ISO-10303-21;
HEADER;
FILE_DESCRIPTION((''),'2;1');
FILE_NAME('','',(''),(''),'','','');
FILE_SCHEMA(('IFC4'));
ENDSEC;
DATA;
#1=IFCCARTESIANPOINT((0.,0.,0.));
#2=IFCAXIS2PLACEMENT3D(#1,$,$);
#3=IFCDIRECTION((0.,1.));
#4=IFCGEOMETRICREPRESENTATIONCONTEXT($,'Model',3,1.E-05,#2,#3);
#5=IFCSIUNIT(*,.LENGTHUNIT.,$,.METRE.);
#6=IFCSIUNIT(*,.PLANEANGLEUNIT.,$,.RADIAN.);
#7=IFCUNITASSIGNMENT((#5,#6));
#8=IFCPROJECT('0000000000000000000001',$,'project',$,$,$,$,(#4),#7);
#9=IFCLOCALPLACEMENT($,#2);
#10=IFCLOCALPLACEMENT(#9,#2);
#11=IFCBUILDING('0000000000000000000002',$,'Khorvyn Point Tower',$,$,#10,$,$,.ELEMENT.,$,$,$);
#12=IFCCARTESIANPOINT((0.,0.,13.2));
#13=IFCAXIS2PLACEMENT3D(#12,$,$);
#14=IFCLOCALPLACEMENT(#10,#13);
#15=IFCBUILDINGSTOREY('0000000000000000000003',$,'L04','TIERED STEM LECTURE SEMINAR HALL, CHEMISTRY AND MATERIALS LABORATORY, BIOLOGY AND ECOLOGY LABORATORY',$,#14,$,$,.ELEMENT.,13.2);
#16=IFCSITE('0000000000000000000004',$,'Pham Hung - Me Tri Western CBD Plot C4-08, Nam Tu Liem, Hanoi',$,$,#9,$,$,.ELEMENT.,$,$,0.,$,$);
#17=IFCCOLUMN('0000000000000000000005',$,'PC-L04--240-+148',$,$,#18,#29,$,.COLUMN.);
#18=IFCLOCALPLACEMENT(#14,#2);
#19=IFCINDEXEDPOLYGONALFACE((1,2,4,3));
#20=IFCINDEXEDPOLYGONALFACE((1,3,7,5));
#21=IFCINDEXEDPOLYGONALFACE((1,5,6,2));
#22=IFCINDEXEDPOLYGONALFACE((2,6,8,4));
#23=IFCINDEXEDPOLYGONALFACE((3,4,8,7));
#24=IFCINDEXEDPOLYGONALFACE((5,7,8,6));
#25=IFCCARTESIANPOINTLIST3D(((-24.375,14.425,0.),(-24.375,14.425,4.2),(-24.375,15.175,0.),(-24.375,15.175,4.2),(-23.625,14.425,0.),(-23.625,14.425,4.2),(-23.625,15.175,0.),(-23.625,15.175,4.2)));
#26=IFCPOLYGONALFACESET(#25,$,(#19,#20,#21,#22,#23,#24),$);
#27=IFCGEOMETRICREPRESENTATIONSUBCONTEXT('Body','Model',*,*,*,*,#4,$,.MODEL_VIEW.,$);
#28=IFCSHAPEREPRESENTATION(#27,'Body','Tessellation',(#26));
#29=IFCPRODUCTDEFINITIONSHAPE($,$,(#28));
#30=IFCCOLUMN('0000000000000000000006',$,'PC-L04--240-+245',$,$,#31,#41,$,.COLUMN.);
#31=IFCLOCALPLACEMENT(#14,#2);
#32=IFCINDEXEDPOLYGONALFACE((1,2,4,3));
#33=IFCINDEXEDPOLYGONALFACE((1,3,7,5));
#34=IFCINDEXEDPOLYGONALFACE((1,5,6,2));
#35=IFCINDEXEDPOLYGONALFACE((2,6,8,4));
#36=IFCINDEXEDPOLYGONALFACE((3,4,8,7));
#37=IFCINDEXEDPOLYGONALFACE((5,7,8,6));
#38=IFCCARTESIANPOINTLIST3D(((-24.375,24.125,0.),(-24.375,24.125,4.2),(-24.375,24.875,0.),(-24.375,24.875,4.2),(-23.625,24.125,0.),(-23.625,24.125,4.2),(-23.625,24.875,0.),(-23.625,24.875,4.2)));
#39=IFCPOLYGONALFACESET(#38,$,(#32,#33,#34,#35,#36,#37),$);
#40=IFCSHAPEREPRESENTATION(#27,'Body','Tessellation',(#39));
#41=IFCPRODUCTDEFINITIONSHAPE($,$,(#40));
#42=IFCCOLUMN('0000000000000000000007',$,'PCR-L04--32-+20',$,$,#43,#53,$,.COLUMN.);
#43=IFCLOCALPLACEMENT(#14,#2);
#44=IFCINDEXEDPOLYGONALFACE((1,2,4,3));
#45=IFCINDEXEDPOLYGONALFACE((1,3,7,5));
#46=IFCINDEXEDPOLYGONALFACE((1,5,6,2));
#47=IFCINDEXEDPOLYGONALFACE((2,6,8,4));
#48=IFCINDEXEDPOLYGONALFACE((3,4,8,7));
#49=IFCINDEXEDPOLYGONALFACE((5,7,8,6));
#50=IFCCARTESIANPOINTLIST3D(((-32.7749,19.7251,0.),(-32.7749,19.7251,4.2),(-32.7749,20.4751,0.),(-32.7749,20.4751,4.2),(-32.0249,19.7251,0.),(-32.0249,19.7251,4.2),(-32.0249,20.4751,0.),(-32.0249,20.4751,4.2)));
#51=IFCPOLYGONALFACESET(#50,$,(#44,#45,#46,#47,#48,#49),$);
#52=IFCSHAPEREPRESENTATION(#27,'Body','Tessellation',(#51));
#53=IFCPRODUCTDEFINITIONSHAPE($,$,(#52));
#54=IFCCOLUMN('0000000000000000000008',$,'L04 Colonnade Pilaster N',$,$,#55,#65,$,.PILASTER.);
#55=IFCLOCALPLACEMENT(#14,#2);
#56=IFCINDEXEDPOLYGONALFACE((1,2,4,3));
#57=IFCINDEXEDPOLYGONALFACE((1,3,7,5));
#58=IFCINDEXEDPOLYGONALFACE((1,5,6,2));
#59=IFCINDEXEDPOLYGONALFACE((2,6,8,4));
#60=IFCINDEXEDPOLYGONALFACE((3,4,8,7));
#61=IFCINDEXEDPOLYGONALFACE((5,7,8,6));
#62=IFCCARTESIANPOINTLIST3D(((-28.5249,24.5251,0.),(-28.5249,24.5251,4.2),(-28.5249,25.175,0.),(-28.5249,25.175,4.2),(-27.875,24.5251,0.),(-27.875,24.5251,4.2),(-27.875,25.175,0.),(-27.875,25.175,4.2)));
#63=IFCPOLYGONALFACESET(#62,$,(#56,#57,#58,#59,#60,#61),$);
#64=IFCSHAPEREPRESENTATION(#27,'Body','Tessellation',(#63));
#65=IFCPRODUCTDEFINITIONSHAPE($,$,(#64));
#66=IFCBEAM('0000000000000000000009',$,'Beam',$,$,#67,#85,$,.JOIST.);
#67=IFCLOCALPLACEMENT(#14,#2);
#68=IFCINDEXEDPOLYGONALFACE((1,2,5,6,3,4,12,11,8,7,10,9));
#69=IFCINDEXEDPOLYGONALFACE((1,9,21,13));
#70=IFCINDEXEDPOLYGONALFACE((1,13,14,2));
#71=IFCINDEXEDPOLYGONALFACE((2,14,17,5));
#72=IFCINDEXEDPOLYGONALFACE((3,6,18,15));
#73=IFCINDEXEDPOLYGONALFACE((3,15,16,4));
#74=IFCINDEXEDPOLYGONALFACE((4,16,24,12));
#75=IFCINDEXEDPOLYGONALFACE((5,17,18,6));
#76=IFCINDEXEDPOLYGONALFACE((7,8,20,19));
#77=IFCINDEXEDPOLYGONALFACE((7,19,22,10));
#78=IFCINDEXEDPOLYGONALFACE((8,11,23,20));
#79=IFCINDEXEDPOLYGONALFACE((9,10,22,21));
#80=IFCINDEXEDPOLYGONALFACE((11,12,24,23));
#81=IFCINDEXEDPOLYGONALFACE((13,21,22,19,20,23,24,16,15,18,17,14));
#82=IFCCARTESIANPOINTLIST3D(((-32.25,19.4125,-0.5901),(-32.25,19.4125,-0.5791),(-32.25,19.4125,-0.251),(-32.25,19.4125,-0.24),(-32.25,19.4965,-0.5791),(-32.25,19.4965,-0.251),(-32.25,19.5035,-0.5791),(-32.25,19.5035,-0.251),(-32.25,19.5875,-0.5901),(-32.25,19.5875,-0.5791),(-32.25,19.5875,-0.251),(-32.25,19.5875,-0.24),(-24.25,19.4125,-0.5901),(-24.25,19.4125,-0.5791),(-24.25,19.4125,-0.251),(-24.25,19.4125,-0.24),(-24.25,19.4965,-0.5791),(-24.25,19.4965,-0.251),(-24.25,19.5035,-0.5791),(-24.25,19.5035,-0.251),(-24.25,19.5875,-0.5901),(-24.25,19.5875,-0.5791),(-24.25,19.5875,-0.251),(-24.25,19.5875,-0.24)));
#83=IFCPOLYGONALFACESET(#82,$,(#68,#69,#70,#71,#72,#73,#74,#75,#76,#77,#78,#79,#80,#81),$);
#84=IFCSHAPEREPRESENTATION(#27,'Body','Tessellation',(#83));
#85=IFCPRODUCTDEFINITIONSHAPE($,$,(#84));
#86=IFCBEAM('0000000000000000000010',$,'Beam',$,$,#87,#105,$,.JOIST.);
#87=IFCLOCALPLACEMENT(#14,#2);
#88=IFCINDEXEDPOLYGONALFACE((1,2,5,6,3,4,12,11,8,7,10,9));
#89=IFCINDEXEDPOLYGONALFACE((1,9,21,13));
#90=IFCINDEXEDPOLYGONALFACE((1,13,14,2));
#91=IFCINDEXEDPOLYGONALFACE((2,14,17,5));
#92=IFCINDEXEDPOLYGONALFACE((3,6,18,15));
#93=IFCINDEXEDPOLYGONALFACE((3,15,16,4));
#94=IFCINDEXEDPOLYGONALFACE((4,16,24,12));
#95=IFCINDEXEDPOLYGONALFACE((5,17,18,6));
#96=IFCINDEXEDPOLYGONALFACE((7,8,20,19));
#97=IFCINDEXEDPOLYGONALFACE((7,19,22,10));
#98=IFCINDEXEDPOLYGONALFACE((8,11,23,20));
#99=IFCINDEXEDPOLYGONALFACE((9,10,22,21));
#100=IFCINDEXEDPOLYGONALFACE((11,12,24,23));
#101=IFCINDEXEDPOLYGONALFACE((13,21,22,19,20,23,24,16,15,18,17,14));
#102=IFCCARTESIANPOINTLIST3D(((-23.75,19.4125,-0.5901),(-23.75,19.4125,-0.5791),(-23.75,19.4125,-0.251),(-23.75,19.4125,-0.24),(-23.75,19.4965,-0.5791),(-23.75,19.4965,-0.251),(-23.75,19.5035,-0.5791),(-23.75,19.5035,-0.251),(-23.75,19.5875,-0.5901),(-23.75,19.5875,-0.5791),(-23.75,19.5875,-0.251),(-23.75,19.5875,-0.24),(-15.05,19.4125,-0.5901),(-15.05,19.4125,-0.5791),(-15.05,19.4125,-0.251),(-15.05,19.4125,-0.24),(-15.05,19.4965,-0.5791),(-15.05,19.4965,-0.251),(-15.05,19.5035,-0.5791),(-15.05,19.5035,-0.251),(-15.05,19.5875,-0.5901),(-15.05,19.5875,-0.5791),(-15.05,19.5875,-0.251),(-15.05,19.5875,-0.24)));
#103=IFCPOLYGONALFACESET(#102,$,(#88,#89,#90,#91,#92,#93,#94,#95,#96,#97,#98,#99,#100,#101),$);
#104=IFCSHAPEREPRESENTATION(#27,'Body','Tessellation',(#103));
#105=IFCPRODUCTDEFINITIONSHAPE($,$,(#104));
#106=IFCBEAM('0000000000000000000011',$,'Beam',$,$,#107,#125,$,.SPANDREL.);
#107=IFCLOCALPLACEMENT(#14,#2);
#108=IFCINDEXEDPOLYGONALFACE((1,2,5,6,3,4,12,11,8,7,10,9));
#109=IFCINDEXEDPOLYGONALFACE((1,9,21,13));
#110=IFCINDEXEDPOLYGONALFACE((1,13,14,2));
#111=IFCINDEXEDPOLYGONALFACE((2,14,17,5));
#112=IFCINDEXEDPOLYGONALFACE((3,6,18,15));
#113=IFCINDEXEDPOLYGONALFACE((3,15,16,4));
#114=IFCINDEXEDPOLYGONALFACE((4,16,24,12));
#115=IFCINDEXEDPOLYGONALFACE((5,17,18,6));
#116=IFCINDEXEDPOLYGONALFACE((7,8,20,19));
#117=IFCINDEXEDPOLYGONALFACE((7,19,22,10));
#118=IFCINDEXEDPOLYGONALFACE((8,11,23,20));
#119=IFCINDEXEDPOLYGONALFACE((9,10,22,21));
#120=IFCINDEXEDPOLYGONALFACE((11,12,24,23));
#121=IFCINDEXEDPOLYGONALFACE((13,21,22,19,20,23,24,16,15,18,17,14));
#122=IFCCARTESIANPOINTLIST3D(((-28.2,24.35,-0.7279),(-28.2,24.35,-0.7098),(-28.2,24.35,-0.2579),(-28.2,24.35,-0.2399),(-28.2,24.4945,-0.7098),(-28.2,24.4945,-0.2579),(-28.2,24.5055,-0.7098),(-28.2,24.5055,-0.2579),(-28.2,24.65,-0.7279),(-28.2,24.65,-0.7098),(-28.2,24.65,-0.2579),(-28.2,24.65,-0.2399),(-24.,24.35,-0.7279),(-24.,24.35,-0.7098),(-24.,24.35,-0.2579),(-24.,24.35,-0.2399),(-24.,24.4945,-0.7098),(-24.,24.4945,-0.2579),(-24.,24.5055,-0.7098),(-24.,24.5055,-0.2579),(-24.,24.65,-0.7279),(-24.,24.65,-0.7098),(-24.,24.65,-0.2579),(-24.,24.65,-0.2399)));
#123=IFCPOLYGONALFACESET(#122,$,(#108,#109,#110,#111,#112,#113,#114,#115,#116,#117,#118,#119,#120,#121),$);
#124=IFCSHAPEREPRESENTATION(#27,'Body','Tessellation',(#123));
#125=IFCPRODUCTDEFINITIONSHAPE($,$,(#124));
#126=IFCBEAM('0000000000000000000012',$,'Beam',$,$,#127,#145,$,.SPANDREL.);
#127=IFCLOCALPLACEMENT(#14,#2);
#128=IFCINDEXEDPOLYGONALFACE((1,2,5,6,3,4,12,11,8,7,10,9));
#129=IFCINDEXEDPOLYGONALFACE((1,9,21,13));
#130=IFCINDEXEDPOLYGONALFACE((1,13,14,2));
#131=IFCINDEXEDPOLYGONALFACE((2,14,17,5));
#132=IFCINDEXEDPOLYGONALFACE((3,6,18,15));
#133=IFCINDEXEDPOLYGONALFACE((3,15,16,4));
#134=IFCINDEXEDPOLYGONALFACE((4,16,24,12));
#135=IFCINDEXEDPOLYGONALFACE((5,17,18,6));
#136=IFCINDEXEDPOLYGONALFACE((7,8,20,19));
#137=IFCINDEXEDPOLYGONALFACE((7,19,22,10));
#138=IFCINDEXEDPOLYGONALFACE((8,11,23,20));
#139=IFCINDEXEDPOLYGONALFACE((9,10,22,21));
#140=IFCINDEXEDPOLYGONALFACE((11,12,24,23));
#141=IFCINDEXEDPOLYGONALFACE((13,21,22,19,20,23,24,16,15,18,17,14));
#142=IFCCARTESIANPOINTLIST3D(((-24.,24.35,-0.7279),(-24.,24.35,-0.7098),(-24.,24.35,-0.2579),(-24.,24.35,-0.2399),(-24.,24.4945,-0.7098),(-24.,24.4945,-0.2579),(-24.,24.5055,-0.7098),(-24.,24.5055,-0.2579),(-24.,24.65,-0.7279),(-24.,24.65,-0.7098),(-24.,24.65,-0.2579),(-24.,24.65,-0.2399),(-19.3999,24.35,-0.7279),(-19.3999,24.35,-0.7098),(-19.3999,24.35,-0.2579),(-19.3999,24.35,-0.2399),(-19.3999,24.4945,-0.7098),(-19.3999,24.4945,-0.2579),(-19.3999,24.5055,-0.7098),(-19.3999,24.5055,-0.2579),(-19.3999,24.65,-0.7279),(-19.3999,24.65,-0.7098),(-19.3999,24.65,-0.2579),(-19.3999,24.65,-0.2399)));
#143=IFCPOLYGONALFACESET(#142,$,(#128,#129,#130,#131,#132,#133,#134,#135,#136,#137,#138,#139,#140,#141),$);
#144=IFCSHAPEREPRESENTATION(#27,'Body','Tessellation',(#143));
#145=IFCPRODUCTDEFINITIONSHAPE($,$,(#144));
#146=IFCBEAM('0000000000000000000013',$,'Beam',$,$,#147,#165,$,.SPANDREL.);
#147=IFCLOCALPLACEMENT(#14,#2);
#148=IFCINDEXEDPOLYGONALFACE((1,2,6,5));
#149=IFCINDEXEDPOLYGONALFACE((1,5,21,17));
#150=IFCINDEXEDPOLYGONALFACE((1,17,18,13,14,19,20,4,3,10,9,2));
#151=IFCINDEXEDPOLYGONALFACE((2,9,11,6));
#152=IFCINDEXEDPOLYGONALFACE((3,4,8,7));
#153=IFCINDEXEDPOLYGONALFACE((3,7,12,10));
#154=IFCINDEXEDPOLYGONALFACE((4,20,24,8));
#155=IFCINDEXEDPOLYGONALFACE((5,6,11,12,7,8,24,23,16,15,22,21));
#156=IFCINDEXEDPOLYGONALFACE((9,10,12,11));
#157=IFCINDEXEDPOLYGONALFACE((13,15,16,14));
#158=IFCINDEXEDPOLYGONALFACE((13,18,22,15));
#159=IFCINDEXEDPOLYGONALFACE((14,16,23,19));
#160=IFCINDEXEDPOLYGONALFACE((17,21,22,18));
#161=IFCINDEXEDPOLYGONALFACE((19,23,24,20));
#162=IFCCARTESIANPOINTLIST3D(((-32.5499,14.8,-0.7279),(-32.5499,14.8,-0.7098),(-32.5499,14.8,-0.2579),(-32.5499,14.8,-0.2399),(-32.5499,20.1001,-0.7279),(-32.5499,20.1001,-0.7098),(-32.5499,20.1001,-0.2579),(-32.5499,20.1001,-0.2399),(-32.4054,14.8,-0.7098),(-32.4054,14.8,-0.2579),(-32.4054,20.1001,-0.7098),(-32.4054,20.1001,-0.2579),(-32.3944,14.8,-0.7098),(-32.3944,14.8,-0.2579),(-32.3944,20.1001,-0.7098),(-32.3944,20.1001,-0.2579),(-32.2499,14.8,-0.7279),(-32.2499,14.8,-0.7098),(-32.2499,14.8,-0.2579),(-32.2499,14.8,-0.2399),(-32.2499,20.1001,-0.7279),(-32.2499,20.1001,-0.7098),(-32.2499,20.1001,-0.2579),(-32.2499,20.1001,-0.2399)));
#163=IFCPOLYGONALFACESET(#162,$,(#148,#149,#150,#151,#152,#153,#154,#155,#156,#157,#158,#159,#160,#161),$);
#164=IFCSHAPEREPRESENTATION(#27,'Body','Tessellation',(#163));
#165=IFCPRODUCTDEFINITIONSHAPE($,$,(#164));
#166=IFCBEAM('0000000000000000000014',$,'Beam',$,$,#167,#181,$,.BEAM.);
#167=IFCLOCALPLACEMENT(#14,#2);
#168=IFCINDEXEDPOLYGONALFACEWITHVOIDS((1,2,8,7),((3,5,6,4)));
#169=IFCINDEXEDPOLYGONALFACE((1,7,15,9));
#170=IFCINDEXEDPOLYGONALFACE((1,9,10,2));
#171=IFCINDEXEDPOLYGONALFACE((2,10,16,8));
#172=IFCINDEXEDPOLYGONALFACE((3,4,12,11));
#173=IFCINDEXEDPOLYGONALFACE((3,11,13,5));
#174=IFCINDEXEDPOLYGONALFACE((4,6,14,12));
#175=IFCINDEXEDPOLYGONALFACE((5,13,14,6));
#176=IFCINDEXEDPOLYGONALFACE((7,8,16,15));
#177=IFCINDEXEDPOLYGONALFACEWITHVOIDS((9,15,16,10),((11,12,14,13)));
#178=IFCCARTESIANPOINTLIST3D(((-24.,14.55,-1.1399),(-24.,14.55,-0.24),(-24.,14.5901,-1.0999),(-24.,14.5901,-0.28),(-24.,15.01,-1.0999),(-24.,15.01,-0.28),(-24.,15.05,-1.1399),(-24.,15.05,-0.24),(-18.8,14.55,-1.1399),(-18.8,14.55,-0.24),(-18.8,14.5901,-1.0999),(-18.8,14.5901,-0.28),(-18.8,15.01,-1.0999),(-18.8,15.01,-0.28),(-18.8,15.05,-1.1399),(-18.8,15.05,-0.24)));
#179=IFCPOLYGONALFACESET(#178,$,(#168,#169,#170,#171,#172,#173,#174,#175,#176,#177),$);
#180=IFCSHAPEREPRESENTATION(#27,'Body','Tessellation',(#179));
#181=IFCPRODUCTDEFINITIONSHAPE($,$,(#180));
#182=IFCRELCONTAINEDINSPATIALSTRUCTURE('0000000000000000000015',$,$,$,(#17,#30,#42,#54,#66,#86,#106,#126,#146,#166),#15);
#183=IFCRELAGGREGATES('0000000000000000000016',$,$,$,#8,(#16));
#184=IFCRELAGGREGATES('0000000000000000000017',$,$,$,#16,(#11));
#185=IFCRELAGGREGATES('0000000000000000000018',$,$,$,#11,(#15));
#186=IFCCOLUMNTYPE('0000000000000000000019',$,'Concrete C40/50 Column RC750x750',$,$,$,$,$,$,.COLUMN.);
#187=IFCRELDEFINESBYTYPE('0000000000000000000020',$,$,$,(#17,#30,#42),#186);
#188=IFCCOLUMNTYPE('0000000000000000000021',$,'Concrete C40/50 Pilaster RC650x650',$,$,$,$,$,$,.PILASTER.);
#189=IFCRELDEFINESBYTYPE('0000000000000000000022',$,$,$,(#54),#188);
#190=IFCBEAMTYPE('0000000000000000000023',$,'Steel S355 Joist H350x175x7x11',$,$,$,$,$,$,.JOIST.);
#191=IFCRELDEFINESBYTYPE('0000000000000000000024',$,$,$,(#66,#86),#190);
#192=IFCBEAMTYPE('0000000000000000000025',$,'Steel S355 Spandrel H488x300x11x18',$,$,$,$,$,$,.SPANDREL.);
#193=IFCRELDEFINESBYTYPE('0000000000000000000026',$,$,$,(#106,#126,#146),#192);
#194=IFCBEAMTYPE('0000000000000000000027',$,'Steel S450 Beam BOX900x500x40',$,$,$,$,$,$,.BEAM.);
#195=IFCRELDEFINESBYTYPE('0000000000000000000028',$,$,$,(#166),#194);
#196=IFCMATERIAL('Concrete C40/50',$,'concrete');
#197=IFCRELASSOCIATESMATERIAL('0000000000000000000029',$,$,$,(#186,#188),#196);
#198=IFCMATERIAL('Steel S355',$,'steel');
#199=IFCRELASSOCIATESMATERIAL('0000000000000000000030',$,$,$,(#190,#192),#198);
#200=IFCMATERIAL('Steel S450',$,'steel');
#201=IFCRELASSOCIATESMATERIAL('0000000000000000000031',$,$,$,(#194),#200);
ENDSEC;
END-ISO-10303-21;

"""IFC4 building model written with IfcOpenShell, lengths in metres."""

from ifc_helpers import new_model, si_unit, direction, frame, origin, origin_2d, place, context, subcontext, project, spatial, rectangle, hollow_rectangle, i_section, extrude, material, material_profile, profile_set, type_object, element, save


model = new_model("IFC4")

# Units and contexts
model_context = context("Model", 3, precision=1e-05, world=origin(), true_north=direction((0.0, 1.0)))
body_context = subcontext(model_context, "Body", "Model", "MODEL_VIEW")
ifc_project = project(units=[si_unit("LENGTHUNIT", "METRE"), si_unit("PLANEANGLEUNIT", "RADIAN")], contexts=[model_context])

# Site, building, storey
site_placement = place(None, origin())
site = spatial("IfcSite", under=ifc_project, at=site_placement, Name="Pham Hung - Me Tri Western CBD Plot C4-08, Nam Tu Liem, Hanoi", CompositionType="ELEMENT", RefElevation=0.0)
building_placement = place(site_placement, origin())
building = spatial("IfcBuilding", under=site, at=building_placement, Name="Khorvyn Point Tower", CompositionType="ELEMENT")
storey_placement = place(building_placement, frame((0.0, 0.0, 13.2)))
storey = spatial("IfcBuildingStorey", under=building, at=storey_placement, Name="L04", Description="TIERED STEM LECTURE SEMINAR HALL, CHEMISTRY AND MATERIALS LABORATORY, BIOLOGY AND ECOLOGY LABORATORY", CompositionType="ELEMENT", Elevation=13.2)

# Columns
ifc_material_1 = material(Name="Concrete C40/50", Category="concrete")
ifc_material_profile_1 = material_profile(ifc_material_1, rectangle(XDim=0.75, YDim=0.75, at=origin_2d()))
ifc_profile_set_1 = profile_set([ifc_material_profile_1], Name="Concrete C40/50 RC750x750")
column_type_1 = type_object("IfcColumnType", Name="Concrete C40/50 Column RC750x750", PredefinedType="COLUMN", material=ifc_profile_set_1)
for number, where, z_axis, x_axis, name in (
    (1, (-24.0, 14.8, 0.0), (0.0, 0.0, 1.0), (1.0, 0.0, 0.0), "PC-L04--240-+148"),
    (2, (-24.0, 24.5, 0.0), (0.0, 0.0, 1.0), (1.0, 0.0, 0.0), "PC-L04--240-+245"),
    (3, (-32.3999, 20.1001, 0.0), (0.0, 0.0, 1.0), (1.0, 0.0, 0.0), "PCR-L04--32-+20"),
):
    element("IfcColumn", number, at=place(storey_placement, frame(where, z_axis=z_axis, x_axis=x_axis)), inside=storey, type_object=column_type_1, Name=name, PredefinedType="COLUMN", context=body_context, shape_type="SweptSolid", body=[
        extrude(rectangle(XDim=0.75, YDim=0.75, at=origin_2d()), origin(), (0.0, 0.0, 1.0), 4.2),
    ])
ifc_material_profile_2 = material_profile(ifc_material_1, rectangle(XDim=0.6499, YDim=0.6499, at=origin_2d()))
ifc_profile_set_2 = profile_set([ifc_material_profile_2], Name="Concrete C40/50 RC650x650")
column_type_2 = type_object("IfcColumnType", Name="Concrete C40/50 Pilaster RC650x650", PredefinedType="PILASTER", material=ifc_profile_set_2)
column_placement = place(storey_placement, frame((-28.2, 24.8501, 0.0), z_axis=(0.0, 0.0, 1.0), x_axis=(1.0, 0.0, 0.0)))
element("IfcColumn", 4, at=column_placement, inside=storey, type_object=column_type_2, Name="L04 Colonnade Pilaster N", PredefinedType="PILASTER", context=body_context, shape_type="SweptSolid", body=[
    extrude(rectangle(XDim=0.6499, YDim=0.6499, at=origin_2d()), origin(), (0.0, 0.0, 1.0), 4.2),
])

# Beams
ifc_material_2 = material(Name="Steel S355", Category="steel")
ifc_material_profile_3 = material_profile(ifc_material_2, i_section(OverallWidth=0.175, OverallDepth=0.3501, WebThickness=0.0071, FlangeThickness=0.011, at=origin_2d()))
ifc_profile_set_3 = profile_set([ifc_material_profile_3], Name="Steel S355 H350x175x7x11")
beam_type_1 = type_object("IfcBeamType", Name="Steel S355 Joist H350x175x7x11", PredefinedType="JOIST", material=ifc_profile_set_3)
beam_1_placement = place(storey_placement, frame((-32.25, 19.5, -0.415), z_axis=(1.0, 0.0, 0.0), x_axis=(0.0, 1.0, 0.0)))
element("IfcBeam", 5, at=beam_1_placement, inside=storey, type_object=beam_type_1, Name="Beam", PredefinedType="JOIST", context=body_context, shape_type="SweptSolid", body=[
    extrude(i_section(OverallWidth=0.175, OverallDepth=0.3501, WebThickness=0.0071, FlangeThickness=0.011, at=origin_2d()), origin(), (0.0, 0.0, 1.0), 8.0),
])
beam_2_placement = place(storey_placement, frame((-23.75, 19.5, -0.415), z_axis=(1.0, 0.0, 0.0), x_axis=(0.0, 1.0, 0.0)))
element("IfcBeam", 6, at=beam_2_placement, inside=storey, type_object=beam_type_1, Name="Beam", PredefinedType="JOIST", context=body_context, shape_type="SweptSolid", body=[
    extrude(i_section(OverallWidth=0.175, OverallDepth=0.3501, WebThickness=0.0071, FlangeThickness=0.011, at=origin_2d()), origin(), (0.0, 0.0, 1.0), 8.7),
])
ifc_material_profile_4 = material_profile(ifc_material_2, i_section(OverallWidth=0.3, OverallDepth=0.488, WebThickness=0.011, FlangeThickness=0.0181, at=origin_2d()))
ifc_profile_set_4 = profile_set([ifc_material_profile_4], Name="Steel S355 H488x300x11x18")
beam_type_2 = type_object("IfcBeamType", Name="Steel S355 Spandrel H488x300x11x18", PredefinedType="SPANDREL", material=ifc_profile_set_4)
beam_3_placement = place(storey_placement, frame((-28.2, 24.5, -0.4839), z_axis=(1.0, 0.0, 0.0), x_axis=(0.0, 1.0, 0.0)))
element("IfcBeam", 7, at=beam_3_placement, inside=storey, type_object=beam_type_2, Name="Beam", PredefinedType="SPANDREL", context=body_context, shape_type="SweptSolid", body=[
    extrude(i_section(OverallWidth=0.3, OverallDepth=0.488, WebThickness=0.011, FlangeThickness=0.0181, at=origin_2d()), origin(), (0.0, 0.0, 1.0), 4.2),
])
beam_4_placement = place(storey_placement, frame((-24.0, 24.5, -0.4839), z_axis=(1.0, 0.0, 0.0), x_axis=(0.0, 1.0, 0.0)))
element("IfcBeam", 8, at=beam_4_placement, inside=storey, type_object=beam_type_2, Name="Beam", PredefinedType="SPANDREL", context=body_context, shape_type="SweptSolid", body=[
    extrude(i_section(OverallWidth=0.3, OverallDepth=0.488, WebThickness=0.011, FlangeThickness=0.0181, at=origin_2d()), origin(), (0.0, 0.0, 1.0), 4.6001),
])
beam_5_placement = place(storey_placement, frame((-32.3999, 14.8, -0.4839), z_axis=(0.0, 1.0, 0.0), x_axis=(-1.0, 0.0, 0.0)))
element("IfcBeam", 9, at=beam_5_placement, inside=storey, type_object=beam_type_2, Name="Beam", PredefinedType="SPANDREL", context=body_context, shape_type="SweptSolid", body=[
    extrude(i_section(OverallWidth=0.3, OverallDepth=0.488, WebThickness=0.011, FlangeThickness=0.0181, at=origin_2d()), origin(), (0.0, 0.0, 1.0), 5.3),
])
ifc_material_3 = material(Name="Steel S450", Category="steel")
ifc_material_profile_5 = material_profile(ifc_material_3, hollow_rectangle(XDim=0.5, YDim=0.8999, WallThickness=0.04, at=origin_2d()))
ifc_profile_set_5 = profile_set([ifc_material_profile_5], Name="Steel S450 BOX900x500x40")
beam_type_3 = type_object("IfcBeamType", Name="Steel S450 Beam BOX900x500x40", PredefinedType="BEAM", material=ifc_profile_set_5)
beam_6_placement = place(storey_placement, frame((-24.0, 14.8, -0.6899), z_axis=(1.0, 0.0, 0.0), x_axis=(0.0, 1.0, 0.0)))
element("IfcBeam", 10, at=beam_6_placement, inside=storey, type_object=beam_type_3, Name="Beam", PredefinedType="BEAM", context=body_context, shape_type="SweptSolid", body=[
    extrude(hollow_rectangle(XDim=0.5, YDim=0.8999, WallThickness=0.04, at=origin_2d()), origin(), (0.0, 0.0, 1.0), 5.2),
])

save(model, "model.ifc")
